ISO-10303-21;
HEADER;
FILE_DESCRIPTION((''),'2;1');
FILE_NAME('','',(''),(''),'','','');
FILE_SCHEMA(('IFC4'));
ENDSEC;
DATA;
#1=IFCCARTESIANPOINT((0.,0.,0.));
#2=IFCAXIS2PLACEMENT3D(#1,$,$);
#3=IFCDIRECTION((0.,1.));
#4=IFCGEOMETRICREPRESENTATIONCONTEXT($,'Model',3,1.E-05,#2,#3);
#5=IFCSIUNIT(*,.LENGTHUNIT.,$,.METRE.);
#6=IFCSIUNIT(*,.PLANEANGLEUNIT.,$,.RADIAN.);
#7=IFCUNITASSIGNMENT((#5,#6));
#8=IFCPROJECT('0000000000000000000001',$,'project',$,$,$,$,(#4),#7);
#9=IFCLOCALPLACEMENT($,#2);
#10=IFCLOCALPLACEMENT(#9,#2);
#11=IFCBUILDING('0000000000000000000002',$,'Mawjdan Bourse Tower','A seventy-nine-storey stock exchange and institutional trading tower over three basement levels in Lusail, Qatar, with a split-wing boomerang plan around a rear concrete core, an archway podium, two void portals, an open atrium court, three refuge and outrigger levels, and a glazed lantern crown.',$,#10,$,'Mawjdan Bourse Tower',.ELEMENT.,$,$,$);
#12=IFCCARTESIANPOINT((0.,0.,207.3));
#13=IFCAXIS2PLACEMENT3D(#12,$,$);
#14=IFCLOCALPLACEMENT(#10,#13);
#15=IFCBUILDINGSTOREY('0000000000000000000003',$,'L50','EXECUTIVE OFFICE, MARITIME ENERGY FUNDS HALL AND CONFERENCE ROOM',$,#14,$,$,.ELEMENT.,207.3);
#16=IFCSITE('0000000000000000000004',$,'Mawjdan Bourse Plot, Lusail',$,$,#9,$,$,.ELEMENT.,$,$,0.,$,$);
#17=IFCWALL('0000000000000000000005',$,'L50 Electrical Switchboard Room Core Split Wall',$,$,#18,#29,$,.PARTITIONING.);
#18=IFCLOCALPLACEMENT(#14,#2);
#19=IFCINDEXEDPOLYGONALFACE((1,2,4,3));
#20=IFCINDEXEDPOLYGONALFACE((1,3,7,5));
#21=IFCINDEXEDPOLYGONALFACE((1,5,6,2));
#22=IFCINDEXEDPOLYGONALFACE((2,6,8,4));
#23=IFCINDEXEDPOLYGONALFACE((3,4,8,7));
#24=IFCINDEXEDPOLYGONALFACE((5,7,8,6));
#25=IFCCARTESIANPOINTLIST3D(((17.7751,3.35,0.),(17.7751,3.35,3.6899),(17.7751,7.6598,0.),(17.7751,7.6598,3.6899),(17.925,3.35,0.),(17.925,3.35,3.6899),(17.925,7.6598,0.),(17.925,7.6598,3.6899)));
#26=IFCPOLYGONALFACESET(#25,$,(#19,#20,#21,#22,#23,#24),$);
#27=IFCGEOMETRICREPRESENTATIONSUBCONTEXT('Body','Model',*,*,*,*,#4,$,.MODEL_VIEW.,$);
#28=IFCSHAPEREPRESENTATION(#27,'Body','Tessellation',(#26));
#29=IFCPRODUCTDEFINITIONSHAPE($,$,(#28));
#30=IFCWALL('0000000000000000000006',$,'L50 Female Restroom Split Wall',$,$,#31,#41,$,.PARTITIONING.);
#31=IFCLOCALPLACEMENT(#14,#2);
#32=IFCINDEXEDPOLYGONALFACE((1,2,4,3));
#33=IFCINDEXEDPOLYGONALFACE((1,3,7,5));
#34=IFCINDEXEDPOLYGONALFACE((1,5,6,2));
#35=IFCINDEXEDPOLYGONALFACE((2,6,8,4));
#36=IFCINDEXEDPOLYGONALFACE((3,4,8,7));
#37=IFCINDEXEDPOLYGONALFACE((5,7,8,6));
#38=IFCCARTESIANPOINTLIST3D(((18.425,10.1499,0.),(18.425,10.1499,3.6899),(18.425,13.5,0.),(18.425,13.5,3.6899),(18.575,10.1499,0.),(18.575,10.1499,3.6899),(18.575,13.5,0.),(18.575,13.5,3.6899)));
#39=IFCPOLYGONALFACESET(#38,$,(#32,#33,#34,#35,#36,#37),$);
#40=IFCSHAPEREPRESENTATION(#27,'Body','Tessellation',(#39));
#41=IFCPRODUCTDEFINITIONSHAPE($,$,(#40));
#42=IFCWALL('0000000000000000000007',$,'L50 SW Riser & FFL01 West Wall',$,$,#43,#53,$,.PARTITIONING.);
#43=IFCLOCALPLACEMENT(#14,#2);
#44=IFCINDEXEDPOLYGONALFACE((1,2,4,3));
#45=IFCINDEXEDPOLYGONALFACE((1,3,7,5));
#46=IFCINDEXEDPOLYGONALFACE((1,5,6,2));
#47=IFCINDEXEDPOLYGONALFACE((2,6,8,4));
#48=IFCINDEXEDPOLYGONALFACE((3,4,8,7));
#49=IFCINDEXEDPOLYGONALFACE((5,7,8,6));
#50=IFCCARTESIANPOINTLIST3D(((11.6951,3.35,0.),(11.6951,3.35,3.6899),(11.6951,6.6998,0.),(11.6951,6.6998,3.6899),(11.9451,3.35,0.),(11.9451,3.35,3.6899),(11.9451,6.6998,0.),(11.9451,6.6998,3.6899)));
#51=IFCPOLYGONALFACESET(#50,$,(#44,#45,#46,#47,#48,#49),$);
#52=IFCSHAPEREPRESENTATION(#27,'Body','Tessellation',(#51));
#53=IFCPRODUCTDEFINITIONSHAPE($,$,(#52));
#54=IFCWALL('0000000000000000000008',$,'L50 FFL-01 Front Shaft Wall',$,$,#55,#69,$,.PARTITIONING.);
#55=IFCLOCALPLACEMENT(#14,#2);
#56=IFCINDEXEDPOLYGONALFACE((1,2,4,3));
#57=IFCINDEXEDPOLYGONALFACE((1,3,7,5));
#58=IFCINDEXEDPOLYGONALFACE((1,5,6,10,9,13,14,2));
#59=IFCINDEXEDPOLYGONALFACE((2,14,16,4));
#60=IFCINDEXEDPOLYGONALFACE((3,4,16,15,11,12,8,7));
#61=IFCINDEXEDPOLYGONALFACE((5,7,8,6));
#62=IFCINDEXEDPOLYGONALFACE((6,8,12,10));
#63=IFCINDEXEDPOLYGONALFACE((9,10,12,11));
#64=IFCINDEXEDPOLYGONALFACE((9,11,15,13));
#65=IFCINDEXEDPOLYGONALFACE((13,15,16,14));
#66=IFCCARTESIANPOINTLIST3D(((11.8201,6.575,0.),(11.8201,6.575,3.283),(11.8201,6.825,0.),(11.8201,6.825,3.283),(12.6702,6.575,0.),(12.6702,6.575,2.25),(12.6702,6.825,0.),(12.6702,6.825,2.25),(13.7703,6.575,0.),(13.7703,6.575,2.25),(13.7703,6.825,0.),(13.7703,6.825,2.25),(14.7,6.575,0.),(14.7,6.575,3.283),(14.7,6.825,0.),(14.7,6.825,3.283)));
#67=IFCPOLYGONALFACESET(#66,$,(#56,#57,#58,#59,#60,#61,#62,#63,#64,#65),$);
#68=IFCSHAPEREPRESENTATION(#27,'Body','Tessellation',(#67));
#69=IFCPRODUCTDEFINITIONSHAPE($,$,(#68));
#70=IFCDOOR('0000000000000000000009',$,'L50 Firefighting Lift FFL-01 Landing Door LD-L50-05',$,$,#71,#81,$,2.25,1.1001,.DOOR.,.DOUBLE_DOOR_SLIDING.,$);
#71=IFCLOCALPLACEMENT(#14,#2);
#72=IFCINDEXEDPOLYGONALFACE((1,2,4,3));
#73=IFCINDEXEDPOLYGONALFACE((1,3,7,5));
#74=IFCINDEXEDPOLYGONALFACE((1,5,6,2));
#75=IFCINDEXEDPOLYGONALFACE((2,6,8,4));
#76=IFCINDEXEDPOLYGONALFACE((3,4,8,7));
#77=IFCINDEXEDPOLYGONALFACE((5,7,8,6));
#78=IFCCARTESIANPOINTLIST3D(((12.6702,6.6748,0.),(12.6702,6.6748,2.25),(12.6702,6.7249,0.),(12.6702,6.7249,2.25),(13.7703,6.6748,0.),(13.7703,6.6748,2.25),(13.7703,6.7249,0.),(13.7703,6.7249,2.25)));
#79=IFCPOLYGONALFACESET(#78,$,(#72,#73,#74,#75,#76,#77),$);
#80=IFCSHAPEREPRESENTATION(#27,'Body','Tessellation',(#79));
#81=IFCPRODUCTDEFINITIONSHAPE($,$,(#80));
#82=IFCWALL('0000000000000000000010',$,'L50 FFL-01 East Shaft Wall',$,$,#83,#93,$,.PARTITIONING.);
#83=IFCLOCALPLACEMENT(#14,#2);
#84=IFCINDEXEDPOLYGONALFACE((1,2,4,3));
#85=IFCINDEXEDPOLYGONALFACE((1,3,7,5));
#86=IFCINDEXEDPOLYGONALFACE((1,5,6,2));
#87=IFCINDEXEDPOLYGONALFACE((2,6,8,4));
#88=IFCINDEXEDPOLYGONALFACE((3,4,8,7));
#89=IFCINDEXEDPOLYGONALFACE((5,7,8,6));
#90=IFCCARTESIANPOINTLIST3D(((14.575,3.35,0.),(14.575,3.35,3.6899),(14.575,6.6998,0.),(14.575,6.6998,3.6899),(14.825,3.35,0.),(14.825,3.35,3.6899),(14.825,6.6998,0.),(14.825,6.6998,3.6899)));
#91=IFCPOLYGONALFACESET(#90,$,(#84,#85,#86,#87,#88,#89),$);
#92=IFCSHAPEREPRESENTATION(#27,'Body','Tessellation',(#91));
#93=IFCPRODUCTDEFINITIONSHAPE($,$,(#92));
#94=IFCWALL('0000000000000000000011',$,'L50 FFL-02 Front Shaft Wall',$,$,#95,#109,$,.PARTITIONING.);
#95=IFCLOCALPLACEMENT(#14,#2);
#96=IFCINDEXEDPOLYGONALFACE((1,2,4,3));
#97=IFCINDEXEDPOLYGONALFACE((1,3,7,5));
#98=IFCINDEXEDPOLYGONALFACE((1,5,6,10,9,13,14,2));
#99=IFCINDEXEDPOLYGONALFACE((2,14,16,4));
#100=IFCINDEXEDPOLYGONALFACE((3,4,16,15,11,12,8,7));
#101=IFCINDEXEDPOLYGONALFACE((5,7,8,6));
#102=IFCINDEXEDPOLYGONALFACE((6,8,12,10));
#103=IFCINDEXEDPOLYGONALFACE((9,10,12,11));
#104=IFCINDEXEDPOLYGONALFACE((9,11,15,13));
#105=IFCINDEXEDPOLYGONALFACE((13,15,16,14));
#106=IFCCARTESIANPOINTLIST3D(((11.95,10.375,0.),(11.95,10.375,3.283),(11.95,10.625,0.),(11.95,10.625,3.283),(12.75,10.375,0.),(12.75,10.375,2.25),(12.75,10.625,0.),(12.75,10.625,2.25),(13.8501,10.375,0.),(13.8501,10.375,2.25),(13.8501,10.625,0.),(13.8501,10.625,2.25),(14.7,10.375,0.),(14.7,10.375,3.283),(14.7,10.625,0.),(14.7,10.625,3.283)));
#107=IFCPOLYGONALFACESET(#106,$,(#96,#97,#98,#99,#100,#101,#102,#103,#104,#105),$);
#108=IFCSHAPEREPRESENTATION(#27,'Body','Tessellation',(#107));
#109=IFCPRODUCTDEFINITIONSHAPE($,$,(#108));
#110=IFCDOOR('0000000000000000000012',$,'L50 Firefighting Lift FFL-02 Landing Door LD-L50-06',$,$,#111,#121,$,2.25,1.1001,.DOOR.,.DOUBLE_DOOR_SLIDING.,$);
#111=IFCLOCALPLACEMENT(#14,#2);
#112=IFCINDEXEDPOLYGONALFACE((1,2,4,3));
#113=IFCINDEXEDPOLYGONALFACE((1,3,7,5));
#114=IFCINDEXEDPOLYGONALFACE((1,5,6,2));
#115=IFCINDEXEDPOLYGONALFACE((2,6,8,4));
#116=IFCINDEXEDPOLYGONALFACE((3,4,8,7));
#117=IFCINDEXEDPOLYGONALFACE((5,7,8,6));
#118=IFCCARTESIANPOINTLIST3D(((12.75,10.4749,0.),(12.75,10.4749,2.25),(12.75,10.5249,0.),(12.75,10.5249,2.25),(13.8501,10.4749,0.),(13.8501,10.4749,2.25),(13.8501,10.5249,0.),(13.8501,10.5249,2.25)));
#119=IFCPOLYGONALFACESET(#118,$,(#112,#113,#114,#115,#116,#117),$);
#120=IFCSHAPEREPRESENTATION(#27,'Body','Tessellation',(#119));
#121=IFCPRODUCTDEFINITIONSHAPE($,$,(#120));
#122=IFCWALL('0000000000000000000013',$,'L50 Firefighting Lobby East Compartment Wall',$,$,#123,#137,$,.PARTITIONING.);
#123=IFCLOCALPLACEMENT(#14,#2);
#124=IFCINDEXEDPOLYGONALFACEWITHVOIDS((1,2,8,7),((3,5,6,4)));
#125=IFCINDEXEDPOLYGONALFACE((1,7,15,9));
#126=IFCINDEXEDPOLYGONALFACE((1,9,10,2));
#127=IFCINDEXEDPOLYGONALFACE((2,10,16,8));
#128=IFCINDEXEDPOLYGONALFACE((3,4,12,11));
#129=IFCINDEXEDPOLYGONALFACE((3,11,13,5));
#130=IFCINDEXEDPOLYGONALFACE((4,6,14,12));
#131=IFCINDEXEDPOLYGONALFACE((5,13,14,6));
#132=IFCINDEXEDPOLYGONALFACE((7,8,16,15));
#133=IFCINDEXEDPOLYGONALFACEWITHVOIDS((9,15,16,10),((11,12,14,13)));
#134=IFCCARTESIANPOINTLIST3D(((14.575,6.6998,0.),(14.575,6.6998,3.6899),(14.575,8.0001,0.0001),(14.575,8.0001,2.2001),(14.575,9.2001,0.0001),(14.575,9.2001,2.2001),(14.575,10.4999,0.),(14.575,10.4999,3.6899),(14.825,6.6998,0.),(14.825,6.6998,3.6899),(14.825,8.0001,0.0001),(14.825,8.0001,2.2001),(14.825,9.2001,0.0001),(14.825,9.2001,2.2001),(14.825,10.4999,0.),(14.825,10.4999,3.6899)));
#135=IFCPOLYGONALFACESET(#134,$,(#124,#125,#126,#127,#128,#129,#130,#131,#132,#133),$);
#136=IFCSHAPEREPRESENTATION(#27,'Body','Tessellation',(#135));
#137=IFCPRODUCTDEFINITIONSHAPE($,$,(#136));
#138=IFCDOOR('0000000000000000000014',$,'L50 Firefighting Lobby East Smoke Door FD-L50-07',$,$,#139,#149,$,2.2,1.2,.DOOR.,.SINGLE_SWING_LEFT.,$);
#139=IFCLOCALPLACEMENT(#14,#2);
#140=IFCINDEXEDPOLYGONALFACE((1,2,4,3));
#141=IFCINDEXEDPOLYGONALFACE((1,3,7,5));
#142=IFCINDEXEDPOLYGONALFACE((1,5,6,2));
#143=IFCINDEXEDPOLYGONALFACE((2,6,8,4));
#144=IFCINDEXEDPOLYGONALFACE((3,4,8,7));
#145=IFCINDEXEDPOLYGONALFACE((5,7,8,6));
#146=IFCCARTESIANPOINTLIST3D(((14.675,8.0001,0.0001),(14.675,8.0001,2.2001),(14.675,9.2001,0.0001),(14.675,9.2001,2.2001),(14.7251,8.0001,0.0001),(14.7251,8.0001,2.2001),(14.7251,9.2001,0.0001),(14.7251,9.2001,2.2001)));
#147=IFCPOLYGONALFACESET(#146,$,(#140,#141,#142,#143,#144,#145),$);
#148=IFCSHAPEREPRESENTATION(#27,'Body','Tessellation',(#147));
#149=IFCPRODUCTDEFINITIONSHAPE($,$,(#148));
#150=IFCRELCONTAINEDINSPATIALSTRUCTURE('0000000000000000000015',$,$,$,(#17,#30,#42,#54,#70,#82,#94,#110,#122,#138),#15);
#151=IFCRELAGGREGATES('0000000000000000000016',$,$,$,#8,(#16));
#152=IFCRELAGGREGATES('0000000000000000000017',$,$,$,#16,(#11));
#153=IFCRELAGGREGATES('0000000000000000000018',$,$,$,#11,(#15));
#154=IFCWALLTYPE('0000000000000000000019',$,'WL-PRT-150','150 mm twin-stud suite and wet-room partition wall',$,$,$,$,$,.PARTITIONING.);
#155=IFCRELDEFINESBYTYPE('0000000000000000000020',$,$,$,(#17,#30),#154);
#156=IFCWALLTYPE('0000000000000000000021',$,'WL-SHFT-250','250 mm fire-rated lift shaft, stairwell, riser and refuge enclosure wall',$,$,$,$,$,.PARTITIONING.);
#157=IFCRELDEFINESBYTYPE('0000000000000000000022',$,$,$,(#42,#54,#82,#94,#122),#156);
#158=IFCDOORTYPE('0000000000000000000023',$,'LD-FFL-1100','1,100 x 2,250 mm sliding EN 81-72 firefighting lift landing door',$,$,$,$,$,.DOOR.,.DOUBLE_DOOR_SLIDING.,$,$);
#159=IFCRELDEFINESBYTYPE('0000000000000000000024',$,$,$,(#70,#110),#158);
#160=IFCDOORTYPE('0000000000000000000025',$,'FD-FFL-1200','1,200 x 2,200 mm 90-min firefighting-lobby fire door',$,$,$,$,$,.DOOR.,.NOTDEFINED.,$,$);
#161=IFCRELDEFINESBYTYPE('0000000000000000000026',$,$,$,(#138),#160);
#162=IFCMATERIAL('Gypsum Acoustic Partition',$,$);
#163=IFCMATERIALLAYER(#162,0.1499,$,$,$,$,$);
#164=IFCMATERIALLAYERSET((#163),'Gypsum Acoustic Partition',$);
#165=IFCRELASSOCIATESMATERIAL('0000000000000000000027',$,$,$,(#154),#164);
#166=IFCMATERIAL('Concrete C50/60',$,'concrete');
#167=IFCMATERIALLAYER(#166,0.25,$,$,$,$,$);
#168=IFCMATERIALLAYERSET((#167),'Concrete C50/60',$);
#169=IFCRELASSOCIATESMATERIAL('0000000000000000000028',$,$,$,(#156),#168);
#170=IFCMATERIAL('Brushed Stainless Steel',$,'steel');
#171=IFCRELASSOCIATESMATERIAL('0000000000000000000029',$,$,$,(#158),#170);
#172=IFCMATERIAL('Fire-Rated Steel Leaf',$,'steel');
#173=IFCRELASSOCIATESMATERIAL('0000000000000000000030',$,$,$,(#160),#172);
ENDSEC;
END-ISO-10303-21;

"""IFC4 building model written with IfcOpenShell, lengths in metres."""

from ifc_helpers import new_model, si_unit, direction, frame, frame_2d, origin, place, context, subcontext, project, spatial, rectangle, extrude, material, layer, layer_set, type_object, element, fill, save


model = new_model("IFC4")

# Units and contexts
model_context = context("Model", 3, precision=1e-05, world=origin(), true_north=direction((0.0, 1.0)))
body_context = subcontext(model_context, "Body", "Model", "MODEL_VIEW")
ifc_project = project(units=[si_unit("LENGTHUNIT", "METRE"), si_unit("PLANEANGLEUNIT", "RADIAN")], contexts=[model_context])

# Site, building, storey
site_placement = place(None, origin())
site = spatial("IfcSite", under=ifc_project, at=site_placement, Name="Mawjdan Bourse Plot, Lusail", CompositionType="ELEMENT", RefElevation=0.0)
building_placement = place(site_placement, origin())
building = spatial("IfcBuilding", under=site, at=building_placement, Name="Mawjdan Bourse Tower", Description="A seventy-nine-storey stock exchange and institutional trading tower over three basement levels in Lusail, Qatar, with a split-wing boomerang plan around a rear concrete core, an archway podium, two void portals, an open atrium court, three refuge and outrigger levels, and a glazed lantern crown.", LongName="Mawjdan Bourse Tower", CompositionType="ELEMENT")
storey_placement = place(building_placement, frame((0.0, 0.0, 207.3)))
storey = spatial("IfcBuildingStorey", under=building, at=storey_placement, Name="L50", Description="EXECUTIVE OFFICE, MARITIME ENERGY FUNDS HALL AND CONFERENCE ROOM", CompositionType="ELEMENT", Elevation=207.3)

# Walls
ifc_material_1 = material(Name="Gypsum Acoustic Partition")
ifc_layer_1 = layer(ifc_material_1, 0.1499)
ifc_layer_set_1 = layer_set([ifc_layer_1], Name="Gypsum Acoustic Partition")
wall_type_1 = type_object("IfcWallType", Name="WL-PRT-150", Description="150 mm twin-stud suite and wet-room partition wall", PredefinedType="PARTITIONING", material=ifc_layer_set_1)
wall_1_placement = place(storey_placement, frame((17.8501, 3.3501, 0.0), z_axis=(0.0, 0.0, 1.0), x_axis=(0.0, 1.0, 0.0)))
element("IfcWall", 1, at=wall_1_placement, inside=storey, type_object=wall_type_1, Name="L50 Electrical Switchboard Room Core Split Wall", PredefinedType="PARTITIONING", context=body_context, shape_type="SweptSolid", body=[
    extrude(rectangle(XDim=4.3098, YDim=0.1499, at=frame_2d((2.1548, 0.0))), origin(), (0.0, 0.0, 1.0), 3.6899),
])
wall_2_placement = place(storey_placement, frame((18.5, 10.1499, 0.0), z_axis=(0.0, 0.0, 1.0), x_axis=(0.0, 1.0, 0.0)))
element("IfcWall", 2, at=wall_2_placement, inside=storey, type_object=wall_type_1, Name="L50 Female Restroom Split Wall", PredefinedType="PARTITIONING", context=body_context, shape_type="SweptSolid", body=[
    extrude(rectangle(XDim=3.3501, YDim=0.1499, at=frame_2d((1.675, 0.0))), origin(), (0.0, 0.0, 1.0), 3.6899),
])
ifc_material_2 = material(Name="Concrete C50/60", Category="concrete")
ifc_layer_2 = layer(ifc_material_2, 0.25)
ifc_layer_set_2 = layer_set([ifc_layer_2], Name="Concrete C50/60")
wall_type_2 = type_object("IfcWallType", Name="WL-SHFT-250", Description="250 mm fire-rated lift shaft, stairwell, riser and refuge enclosure wall", PredefinedType="PARTITIONING", material=ifc_layer_set_2)
wall_3_placement = place(storey_placement, frame((11.8201, 3.3501, 0.0), z_axis=(0.0, 0.0, 1.0), x_axis=(0.0, 1.0, 0.0)))
element("IfcWall", 3, at=wall_3_placement, inside=storey, type_object=wall_type_2, Name="L50 SW Riser & FFL01 West Wall", PredefinedType="PARTITIONING", context=body_context, shape_type="SweptSolid", body=[
    extrude(rectangle(XDim=3.3499, YDim=0.25, at=frame_2d((1.6748, 0.0))), origin(), (0.0, 0.0, 1.0), 3.6899),
])

# Wall, opening, door
wall_4_placement = place(storey_placement, frame((11.8201, 6.7, 0.0), z_axis=(0.0, 0.0, 1.0), x_axis=(1.0, 0.0, 0.0)))
wall_4 = element("IfcWall", 4, at=wall_4_placement, inside=storey, type_object=wall_type_2, Name="L50 FFL-01 Front Shaft Wall", PredefinedType="PARTITIONING", context=body_context, shape_type="SweptSolid", body=[
    extrude(rectangle(XDim=2.8799, YDim=0.25, at=frame_2d((1.4399, 0.0))), origin(), (0.0, 0.0, 1.0), 3.283),
])
opening_1_placement = place(wall_4_placement, frame((0.8501, 0.0, 0.0)))
opening_1 = element("IfcOpeningElement", 5, at=opening_1_placement, cuts=wall_4, PredefinedType="OPENING", context=body_context, shape_type="SweptSolid", body=[
    extrude(rectangle(XDim=1.1001, YDim=2.25, at=frame_2d((0.55, 1.125))), frame((0.0, 0.135, 0.0), z_axis=(0.0, -1.0, 0.0), x_axis=(1.0, 0.0, 0.0)), (0.0, 0.0, 1.0), 0.27),
])
ifc_material_3 = material(Name="Brushed Stainless Steel", Category="steel")
door_type_1 = type_object("IfcDoorType", Name="LD-FFL-1100", Description="1,100 x 2,250 mm sliding EN 81-72 firefighting lift landing door", OperationType="DOUBLE_DOOR_SLIDING", PredefinedType="DOOR", material=ifc_material_3)
door_1_placement = place(opening_1_placement, origin())
door_1 = element("IfcDoor", 6, at=door_1_placement, inside=storey, type_object=door_type_1, Name="L50 Firefighting Lift FFL-01 Landing Door LD-L50-05", OperationType="DOUBLE_DOOR_SLIDING", OverallHeight=2.25, OverallWidth=1.1001, PredefinedType="DOOR", context=body_context, shape_type="SweptSolid", body=[
    extrude(rectangle(XDim=1.1001, YDim=2.25, at=frame_2d((0.55, 1.125))), frame((0.0, 0.0249, 0.0), z_axis=(0.0, -1.0, 0.0), x_axis=(1.0, 0.0, 0.0)), (0.0, 0.0, 1.0), 0.05),
])
fill(opening_1, door_1)

# Wall
wall_5_placement = place(storey_placement, frame((14.7, 3.3501, 0.0), z_axis=(0.0, 0.0, 1.0), x_axis=(0.0, 1.0, 0.0)))
element("IfcWall", 7, at=wall_5_placement, inside=storey, type_object=wall_type_2, Name="L50 FFL-01 East Shaft Wall", PredefinedType="PARTITIONING", context=body_context, shape_type="SweptSolid", body=[
    extrude(rectangle(XDim=3.3499, YDim=0.25, at=frame_2d((1.6748, 0.0))), origin(), (0.0, 0.0, 1.0), 3.6899),
])

# Walls, openings, doors
wall_6_placement = place(storey_placement, frame((11.95, 10.5, 0.0), z_axis=(0.0, 0.0, 1.0), x_axis=(1.0, 0.0, 0.0)))
wall_6 = element("IfcWall", 8, at=wall_6_placement, inside=storey, type_object=wall_type_2, Name="L50 FFL-02 Front Shaft Wall", PredefinedType="PARTITIONING", context=body_context, shape_type="SweptSolid", body=[
    extrude(rectangle(XDim=2.75, YDim=0.25, at=frame_2d((1.375, 0.0))), origin(), (0.0, 0.0, 1.0), 3.283),
])
opening_2_placement = place(wall_6_placement, frame((0.8, 0.0, 0.0)))
opening_2 = element("IfcOpeningElement", 9, at=opening_2_placement, cuts=wall_6, PredefinedType="OPENING", context=body_context, shape_type="SweptSolid", body=[
    extrude(rectangle(XDim=1.1001, YDim=2.25, at=frame_2d((0.55, 1.125))), frame((0.0, 0.135, 0.0), z_axis=(0.0, -1.0, 0.0), x_axis=(1.0, 0.0, 0.0)), (0.0, 0.0, 1.0), 0.27),
])
door_2_placement = place(opening_2_placement, origin())
door_2 = element("IfcDoor", 10, at=door_2_placement, inside=storey, type_object=door_type_1, Name="L50 Firefighting Lift FFL-02 Landing Door LD-L50-06", OperationType="DOUBLE_DOOR_SLIDING", OverallHeight=2.25, OverallWidth=1.1001, PredefinedType="DOOR", context=body_context, shape_type="SweptSolid", body=[
    extrude(rectangle(XDim=1.1001, YDim=2.25, at=frame_2d((0.55, 1.125))), frame((0.0, 0.0249, 0.0), z_axis=(0.0, -1.0, 0.0), x_axis=(1.0, 0.0, 0.0)), (0.0, 0.0, 1.0), 0.05),
])
fill(opening_2, door_2)
wall_7_placement = place(storey_placement, frame((14.7, 6.7, 0.0), z_axis=(0.0, 0.0, 1.0), x_axis=(0.0, 1.0, 0.0)))
wall_7 = element("IfcWall", 11, at=wall_7_placement, inside=storey, type_object=wall_type_2, Name="L50 Firefighting Lobby East Compartment Wall", PredefinedType="PARTITIONING", context=body_context, shape_type="SweptSolid", body=[
    extrude(rectangle(XDim=3.8, YDim=0.25, at=frame_2d((1.8999, 0.0))), origin(), (0.0, 0.0, 1.0), 3.6899),
])
opening_3_placement = place(wall_7_placement, frame((1.3, 0.0, 0.0)))
opening_3 = element("IfcOpeningElement", 12, at=opening_3_placement, cuts=wall_7, PredefinedType="OPENING", context=body_context, shape_type="SweptSolid", body=[
    extrude(rectangle(XDim=1.2, YDim=2.2, at=frame_2d((0.6001, 1.1001))), frame((0.0, 0.135, 0.0), z_axis=(0.0, -1.0, 0.0), x_axis=(1.0, 0.0, 0.0)), (0.0, 0.0, 1.0), 0.27),
])
ifc_material_4 = material(Name="Fire-Rated Steel Leaf", Category="steel")
door_type_2 = type_object("IfcDoorType", Name="FD-FFL-1200", Description="1,200 x 2,200 mm 90-min firefighting-lobby fire door", OperationType="NOTDEFINED", PredefinedType="DOOR", material=ifc_material_4)
door_3_placement = place(opening_3_placement, origin())
door_3 = element("IfcDoor", 13, at=door_3_placement, inside=storey, type_object=door_type_2, Name="L50 Firefighting Lobby East Smoke Door FD-L50-07", OperationType="SINGLE_SWING_LEFT", OverallHeight=2.2, OverallWidth=1.2, PredefinedType="DOOR", context=body_context, shape_type="SweptSolid", body=[
    extrude(rectangle(XDim=1.2, YDim=2.2, at=frame_2d((0.6001, 1.1001))), frame((0.0, 0.0249, 0.0), z_axis=(0.0, -1.0, 0.0), x_axis=(1.0, 0.0, 0.0)), (0.0, 0.0, 1.0), 0.05),
])
fill(opening_3, door_3)

save(model, "model.ifc")
